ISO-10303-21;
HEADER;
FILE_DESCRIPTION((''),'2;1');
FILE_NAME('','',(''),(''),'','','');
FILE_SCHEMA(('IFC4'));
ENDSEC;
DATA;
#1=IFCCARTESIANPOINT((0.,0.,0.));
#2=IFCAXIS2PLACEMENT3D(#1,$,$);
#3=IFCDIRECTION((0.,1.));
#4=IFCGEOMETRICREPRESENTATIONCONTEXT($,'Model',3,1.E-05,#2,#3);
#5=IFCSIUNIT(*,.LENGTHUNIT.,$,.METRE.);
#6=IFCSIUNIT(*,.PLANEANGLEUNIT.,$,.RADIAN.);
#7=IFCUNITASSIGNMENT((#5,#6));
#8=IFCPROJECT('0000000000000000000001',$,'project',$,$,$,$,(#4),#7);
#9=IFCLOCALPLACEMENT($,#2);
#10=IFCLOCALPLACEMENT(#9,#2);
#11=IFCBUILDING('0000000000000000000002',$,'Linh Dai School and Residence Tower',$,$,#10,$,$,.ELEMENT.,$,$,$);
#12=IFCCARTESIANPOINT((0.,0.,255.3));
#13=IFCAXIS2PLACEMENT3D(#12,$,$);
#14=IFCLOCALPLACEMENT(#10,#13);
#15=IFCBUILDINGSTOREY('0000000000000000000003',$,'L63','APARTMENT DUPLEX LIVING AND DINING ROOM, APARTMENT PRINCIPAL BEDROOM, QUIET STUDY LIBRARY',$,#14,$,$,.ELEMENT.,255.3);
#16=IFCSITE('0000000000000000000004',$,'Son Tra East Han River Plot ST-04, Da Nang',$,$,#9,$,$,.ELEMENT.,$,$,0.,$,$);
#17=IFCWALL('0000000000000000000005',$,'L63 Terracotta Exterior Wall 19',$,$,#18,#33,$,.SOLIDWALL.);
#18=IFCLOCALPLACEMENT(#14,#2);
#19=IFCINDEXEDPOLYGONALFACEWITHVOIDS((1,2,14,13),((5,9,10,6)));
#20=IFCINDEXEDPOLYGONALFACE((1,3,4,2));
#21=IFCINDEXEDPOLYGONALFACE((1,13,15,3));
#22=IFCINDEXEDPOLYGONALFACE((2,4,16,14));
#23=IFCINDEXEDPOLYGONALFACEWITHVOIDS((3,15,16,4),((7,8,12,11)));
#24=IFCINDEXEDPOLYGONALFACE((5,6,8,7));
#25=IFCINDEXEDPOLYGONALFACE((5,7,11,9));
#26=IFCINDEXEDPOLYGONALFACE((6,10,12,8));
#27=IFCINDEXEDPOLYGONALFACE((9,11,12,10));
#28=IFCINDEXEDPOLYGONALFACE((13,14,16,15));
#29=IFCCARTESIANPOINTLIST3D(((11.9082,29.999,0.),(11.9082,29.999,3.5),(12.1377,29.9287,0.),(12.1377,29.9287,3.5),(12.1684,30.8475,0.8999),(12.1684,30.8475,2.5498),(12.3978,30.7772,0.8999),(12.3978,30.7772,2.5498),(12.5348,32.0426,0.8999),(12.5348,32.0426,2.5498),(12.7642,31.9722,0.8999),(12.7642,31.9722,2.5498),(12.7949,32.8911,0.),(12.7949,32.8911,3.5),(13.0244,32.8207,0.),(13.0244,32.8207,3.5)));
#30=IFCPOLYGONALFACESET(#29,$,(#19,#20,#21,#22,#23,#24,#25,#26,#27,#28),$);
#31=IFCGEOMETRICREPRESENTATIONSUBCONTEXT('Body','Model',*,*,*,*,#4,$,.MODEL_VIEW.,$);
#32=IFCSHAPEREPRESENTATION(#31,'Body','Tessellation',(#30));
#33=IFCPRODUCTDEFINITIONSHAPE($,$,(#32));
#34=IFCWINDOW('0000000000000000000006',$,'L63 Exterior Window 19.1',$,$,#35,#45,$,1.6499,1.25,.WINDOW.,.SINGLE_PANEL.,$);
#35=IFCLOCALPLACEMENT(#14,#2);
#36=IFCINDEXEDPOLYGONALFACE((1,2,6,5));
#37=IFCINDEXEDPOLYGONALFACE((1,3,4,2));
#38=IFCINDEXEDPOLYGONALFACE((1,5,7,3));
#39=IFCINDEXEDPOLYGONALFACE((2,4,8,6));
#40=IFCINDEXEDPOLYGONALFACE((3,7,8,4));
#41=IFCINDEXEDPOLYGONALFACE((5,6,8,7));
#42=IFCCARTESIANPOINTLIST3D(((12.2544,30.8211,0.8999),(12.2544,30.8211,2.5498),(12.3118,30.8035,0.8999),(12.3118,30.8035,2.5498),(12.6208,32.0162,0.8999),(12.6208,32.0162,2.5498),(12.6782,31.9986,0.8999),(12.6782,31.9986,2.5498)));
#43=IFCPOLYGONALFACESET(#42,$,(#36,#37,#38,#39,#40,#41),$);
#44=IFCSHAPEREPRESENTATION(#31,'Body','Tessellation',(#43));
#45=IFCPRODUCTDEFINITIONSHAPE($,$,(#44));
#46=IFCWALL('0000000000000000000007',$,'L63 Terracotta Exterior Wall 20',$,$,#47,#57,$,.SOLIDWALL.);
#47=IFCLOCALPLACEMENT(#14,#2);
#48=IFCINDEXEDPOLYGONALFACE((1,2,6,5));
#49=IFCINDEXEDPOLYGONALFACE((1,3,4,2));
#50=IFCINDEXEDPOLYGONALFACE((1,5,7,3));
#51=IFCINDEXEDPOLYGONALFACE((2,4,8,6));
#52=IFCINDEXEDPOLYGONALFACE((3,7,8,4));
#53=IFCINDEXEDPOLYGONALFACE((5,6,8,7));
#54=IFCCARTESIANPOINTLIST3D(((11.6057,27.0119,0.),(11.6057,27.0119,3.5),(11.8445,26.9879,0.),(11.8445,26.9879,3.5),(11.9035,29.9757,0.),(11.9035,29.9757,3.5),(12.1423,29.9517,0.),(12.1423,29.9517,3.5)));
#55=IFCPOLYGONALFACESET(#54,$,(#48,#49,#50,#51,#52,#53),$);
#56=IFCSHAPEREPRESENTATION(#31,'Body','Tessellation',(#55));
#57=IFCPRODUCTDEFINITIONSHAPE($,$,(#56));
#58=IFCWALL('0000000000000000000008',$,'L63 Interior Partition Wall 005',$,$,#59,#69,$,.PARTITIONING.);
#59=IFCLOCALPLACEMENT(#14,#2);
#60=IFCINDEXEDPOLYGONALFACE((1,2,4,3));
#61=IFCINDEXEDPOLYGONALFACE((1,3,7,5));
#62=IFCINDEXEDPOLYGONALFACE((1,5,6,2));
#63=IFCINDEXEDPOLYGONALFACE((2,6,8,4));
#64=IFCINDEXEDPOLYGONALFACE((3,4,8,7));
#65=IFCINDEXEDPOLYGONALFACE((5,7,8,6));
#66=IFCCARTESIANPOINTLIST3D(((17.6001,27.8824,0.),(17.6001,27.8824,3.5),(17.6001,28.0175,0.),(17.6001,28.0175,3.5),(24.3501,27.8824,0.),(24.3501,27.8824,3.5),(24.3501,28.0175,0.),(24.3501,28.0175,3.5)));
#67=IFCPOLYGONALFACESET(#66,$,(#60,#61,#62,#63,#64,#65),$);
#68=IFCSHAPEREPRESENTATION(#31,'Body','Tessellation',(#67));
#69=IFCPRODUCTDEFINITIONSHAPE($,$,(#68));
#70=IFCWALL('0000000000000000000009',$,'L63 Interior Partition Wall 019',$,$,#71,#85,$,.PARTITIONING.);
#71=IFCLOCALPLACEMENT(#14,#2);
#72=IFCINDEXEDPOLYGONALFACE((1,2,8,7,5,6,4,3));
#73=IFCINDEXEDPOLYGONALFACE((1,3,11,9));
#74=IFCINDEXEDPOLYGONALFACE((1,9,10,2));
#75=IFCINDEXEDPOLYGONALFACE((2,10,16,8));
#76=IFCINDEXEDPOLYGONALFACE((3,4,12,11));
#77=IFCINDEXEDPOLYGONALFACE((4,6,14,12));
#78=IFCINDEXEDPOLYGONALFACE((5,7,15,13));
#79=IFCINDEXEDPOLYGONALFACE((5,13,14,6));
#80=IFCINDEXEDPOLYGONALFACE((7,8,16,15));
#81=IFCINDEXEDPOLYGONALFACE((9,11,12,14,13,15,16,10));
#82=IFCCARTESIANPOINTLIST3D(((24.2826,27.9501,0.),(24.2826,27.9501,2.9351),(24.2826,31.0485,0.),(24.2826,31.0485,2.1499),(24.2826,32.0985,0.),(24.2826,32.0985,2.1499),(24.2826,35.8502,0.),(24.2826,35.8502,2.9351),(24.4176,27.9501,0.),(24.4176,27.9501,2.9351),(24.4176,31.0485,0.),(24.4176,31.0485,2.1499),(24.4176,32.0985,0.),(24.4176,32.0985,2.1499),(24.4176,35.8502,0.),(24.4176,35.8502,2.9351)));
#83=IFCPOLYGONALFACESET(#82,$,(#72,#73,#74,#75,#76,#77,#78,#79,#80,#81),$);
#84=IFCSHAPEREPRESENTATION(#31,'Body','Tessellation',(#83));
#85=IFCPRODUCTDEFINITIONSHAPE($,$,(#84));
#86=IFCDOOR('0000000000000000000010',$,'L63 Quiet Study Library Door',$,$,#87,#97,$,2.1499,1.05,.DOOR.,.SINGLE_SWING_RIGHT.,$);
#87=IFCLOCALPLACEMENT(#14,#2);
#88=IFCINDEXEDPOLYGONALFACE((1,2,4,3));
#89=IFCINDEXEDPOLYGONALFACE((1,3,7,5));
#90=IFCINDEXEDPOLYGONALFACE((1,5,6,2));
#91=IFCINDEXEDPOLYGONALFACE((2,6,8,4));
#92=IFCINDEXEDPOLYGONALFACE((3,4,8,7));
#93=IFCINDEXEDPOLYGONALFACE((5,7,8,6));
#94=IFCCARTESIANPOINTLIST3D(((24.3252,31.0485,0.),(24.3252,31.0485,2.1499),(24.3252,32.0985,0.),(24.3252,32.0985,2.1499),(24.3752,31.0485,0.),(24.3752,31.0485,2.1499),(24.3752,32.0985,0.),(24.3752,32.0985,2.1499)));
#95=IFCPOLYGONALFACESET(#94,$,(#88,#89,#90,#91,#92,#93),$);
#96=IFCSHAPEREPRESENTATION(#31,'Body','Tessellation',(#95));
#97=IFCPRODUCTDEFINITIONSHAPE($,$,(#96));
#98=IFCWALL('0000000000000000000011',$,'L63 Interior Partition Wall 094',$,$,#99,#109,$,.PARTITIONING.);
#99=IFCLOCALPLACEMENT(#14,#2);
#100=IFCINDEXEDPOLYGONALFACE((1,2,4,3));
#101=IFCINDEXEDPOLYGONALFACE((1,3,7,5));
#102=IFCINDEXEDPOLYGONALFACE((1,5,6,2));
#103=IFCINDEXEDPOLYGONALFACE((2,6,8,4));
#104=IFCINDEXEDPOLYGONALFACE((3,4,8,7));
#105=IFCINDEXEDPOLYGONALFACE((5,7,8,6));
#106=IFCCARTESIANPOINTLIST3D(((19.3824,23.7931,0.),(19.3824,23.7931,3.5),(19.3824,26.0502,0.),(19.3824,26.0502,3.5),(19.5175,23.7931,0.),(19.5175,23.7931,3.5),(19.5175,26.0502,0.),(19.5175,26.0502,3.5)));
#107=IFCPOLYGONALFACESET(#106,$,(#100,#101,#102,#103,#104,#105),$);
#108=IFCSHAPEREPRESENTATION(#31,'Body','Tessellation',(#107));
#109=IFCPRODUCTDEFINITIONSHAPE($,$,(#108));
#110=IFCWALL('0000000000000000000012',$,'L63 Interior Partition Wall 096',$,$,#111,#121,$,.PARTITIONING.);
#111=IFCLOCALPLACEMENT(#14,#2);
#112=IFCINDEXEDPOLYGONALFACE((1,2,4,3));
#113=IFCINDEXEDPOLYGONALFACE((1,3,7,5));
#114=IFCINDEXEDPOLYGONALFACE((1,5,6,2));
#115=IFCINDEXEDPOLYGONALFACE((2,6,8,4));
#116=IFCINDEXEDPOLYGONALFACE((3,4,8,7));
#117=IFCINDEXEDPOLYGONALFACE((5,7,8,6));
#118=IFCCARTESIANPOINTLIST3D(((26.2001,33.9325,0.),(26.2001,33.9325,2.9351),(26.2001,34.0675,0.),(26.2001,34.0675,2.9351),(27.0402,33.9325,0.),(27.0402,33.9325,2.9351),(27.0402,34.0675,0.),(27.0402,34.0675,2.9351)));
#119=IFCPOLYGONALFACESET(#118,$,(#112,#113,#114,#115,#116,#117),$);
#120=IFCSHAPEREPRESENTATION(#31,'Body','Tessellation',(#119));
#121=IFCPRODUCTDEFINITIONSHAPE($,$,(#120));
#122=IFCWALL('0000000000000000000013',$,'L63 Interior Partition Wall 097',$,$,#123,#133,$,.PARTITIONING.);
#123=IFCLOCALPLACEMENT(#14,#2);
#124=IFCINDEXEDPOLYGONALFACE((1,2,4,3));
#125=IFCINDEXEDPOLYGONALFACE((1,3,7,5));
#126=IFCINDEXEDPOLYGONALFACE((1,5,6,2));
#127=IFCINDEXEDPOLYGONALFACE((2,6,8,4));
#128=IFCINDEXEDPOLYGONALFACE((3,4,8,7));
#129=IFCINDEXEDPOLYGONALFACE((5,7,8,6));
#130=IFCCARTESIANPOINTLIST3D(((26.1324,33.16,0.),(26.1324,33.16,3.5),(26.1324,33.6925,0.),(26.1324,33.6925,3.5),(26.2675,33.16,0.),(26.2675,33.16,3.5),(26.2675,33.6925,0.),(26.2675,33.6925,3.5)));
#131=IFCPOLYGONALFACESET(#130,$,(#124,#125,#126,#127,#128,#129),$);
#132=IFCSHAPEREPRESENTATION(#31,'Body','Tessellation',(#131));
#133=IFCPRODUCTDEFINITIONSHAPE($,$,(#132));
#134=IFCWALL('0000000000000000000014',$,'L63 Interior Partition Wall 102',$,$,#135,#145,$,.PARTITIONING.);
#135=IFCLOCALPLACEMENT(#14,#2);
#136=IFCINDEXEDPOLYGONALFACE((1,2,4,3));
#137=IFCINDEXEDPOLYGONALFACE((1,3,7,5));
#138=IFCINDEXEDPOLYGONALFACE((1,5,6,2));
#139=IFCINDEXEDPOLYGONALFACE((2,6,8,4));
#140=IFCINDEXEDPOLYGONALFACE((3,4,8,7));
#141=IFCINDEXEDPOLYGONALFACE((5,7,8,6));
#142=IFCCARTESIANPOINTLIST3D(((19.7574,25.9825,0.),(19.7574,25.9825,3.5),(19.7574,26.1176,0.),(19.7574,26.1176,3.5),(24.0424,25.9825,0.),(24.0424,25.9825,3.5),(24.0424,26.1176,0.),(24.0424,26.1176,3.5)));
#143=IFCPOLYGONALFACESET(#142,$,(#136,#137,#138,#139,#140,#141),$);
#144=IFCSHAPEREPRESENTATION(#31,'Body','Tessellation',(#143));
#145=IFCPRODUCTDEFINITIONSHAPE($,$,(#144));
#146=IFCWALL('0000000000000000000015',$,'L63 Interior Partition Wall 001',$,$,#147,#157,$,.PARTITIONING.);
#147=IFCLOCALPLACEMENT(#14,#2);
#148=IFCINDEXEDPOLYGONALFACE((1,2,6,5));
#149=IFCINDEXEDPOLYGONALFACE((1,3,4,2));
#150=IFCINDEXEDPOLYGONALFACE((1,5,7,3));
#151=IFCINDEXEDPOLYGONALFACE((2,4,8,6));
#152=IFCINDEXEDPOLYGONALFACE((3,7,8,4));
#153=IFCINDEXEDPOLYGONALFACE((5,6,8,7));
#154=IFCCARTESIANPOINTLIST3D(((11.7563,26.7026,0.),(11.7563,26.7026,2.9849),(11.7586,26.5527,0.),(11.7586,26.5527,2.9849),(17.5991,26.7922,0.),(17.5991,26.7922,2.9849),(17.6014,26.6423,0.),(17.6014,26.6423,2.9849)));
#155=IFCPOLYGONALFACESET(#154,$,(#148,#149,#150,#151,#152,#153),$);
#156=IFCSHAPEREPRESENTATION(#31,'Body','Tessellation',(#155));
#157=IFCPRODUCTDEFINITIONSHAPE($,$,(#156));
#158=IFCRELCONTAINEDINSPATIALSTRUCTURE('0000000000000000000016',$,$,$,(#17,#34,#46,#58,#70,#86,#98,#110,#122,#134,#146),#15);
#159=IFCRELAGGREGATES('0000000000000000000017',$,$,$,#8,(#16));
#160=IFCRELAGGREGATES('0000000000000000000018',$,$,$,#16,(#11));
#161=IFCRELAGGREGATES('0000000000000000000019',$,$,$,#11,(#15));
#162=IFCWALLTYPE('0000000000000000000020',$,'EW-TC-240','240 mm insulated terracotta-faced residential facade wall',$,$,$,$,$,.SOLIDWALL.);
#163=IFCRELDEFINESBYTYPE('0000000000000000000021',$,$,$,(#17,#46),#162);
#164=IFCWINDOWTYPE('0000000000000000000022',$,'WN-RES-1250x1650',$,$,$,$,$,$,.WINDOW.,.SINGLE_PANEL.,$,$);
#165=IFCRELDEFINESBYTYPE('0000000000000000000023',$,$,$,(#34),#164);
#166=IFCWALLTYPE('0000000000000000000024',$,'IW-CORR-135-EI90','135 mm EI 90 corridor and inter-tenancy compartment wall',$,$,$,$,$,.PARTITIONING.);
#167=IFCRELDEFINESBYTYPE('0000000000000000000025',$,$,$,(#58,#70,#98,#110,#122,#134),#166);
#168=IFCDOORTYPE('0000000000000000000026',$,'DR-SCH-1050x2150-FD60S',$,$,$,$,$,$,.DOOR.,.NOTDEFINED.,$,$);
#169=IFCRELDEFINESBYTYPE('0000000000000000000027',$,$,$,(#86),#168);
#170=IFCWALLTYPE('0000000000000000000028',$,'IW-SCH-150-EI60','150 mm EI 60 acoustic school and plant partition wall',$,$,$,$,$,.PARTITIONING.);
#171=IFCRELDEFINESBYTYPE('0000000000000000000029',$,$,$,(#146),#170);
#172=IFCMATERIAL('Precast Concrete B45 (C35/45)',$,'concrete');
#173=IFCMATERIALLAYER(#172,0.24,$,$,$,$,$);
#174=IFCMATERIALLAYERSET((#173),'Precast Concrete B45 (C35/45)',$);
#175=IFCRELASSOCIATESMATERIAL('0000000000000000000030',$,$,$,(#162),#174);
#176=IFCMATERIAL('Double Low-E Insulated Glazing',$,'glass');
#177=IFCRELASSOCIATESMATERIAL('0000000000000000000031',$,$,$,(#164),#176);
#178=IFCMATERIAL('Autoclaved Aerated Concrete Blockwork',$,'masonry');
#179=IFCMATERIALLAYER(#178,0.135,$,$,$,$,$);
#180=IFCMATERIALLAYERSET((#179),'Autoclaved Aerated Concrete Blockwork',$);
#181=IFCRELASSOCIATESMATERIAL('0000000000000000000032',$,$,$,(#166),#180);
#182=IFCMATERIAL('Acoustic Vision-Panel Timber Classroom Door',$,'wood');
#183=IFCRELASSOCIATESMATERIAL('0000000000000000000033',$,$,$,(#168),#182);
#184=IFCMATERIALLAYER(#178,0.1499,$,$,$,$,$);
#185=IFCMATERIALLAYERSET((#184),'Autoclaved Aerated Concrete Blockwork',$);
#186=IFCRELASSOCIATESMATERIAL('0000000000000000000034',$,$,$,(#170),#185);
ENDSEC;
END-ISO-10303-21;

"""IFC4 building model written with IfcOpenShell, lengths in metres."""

from ifc_helpers import new_model, si_unit, direction, frame, frame_2d, origin, origin_2d, place, context, subcontext, project, spatial, rectangle, extrude, source, transform, mapped, material, layer, layer_set, type_object, element, fill, save


model = new_model("IFC4")

# Units and contexts
model_context = context("Model", 3, precision=1e-05, world=origin(), true_north=direction((0.0, 1.0)))
body_context = subcontext(model_context, "Body", "Model", "MODEL_VIEW")
ifc_project = project(units=[si_unit("LENGTHUNIT", "METRE"), si_unit("PLANEANGLEUNIT", "RADIAN")], contexts=[model_context])

# Site, building, storey
site_placement = place(None, origin())
site = spatial("IfcSite", under=ifc_project, at=site_placement, Name="Son Tra East Han River Plot ST-04, Da Nang", CompositionType="ELEMENT", RefElevation=0.0)
building_placement = place(site_placement, origin())
building = spatial("IfcBuilding", under=site, at=building_placement, Name="Linh Dai School and Residence Tower", CompositionType="ELEMENT")
storey_placement = place(building_placement, frame((0.0, 0.0, 255.3)))
storey = spatial("IfcBuildingStorey", under=building, at=storey_placement, Name="L63", Description="APARTMENT DUPLEX LIVING AND DINING ROOM, APARTMENT PRINCIPAL BEDROOM, QUIET STUDY LIBRARY", CompositionType="ELEMENT", Elevation=255.3)

# Shared definitions
ifc_material_1 = material(Name="Precast Concrete B45 (C35/45)", Category="concrete")
ifc_layer_1 = layer(ifc_material_1, 0.24)
ifc_layer_set_1 = layer_set([ifc_layer_1], Name="Precast Concrete B45 (C35/45)")
wall_type_1 = type_object("IfcWallType", Name="EW-TC-240", Description="240 mm insulated terracotta-faced residential facade wall", PredefinedType="SOLIDWALL", material=ifc_layer_set_1)

# Wall, opening, window
wall_1_placement = place(storey_placement, frame((12.0229, 29.9639, 0.0), z_axis=(0.0, 0.0, 1.0), x_axis=(0.293133, 0.956072, 0.0)))
wall_1 = element("IfcWall", 1, at=wall_1_placement, inside=storey, type_object=wall_type_1, Name="L63 Terracotta Exterior Wall 19", PredefinedType="SOLIDWALL", context=body_context, shape_type="SweptSolid", body=[
    extrude(rectangle(XDim=3.0249, YDim=0.24, at=frame_2d((1.5125, 0.0))), origin(), (0.0, 0.0, 1.0), 3.5),
])
opening_1_placement = place(wall_1_placement, frame((0.8875, 0.0, 0.8999)))
opening_1 = element("IfcOpeningElement", 2, at=opening_1_placement, cuts=wall_1, PredefinedType="OPENING", context=body_context, shape_type="SweptSolid", body=[
    extrude(rectangle(XDim=1.25, YDim=1.6499, at=origin_2d()), frame((0.625, 0.1299, 0.825), z_axis=(0.0, -1.0, 0.0), x_axis=(1.0, 0.0, 0.0)), (0.0, 0.0, 1.0), 0.26),
])
ifc_material_2 = material(Name="Double Low-E Insulated Glazing", Category="glass")
window_type = type_object("IfcWindowType", Name="WN-RES-1250x1650", PartitioningType="SINGLE_PANEL", PredefinedType="WINDOW", material=ifc_material_2)
shared_shape_1 = source(origin(), body_context, "Body", "SweptSolid", [
    extrude(rectangle(XDim=1.25, YDim=1.6499, at=origin_2d()), frame((0.625, 0.03, 0.825), z_axis=(0.0, -1.0, 0.0), x_axis=(1.0, 0.0, 0.0)), (0.0, 0.0, 1.0), 0.0601),
])
window_placement = place(opening_1_placement, origin())
window = element("IfcWindow", 3, at=window_placement, inside=storey, type_object=window_type, Name="L63 Exterior Window 19.1", OverallHeight=1.6499, OverallWidth=1.25, PartitioningType="SINGLE_PANEL", PredefinedType="WINDOW", context=body_context, shape_type="MappedRepresentation", body=[
    mapped(shared_shape_1, transform((0.0, 0.0, 0.0), x_axis=(1.0, 0.0, 0.0), y_axis=(0.0, 1.0, 0.0), z_axis=(0.0, 0.0, 1.0), scale=1.0)),
])
fill(opening_1, window)

# Walls
wall_2_placement = place(storey_placement, frame((11.7251, 27.0, 0.0), z_axis=(0.0, 0.0, 1.0), x_axis=(0.099991, 0.994988, 0.0)))
element("IfcWall", 4, at=wall_2_placement, inside=storey, type_object=wall_type_1, Name="L63 Terracotta Exterior Wall 20", PredefinedType="SOLIDWALL", context=body_context, shape_type="SweptSolid", body=[
    extrude(rectangle(XDim=2.9788, YDim=0.24, at=frame_2d((1.4893, 0.0))), origin(), (0.0, 0.0, 1.0), 3.5),
])
ifc_material_3 = material(Name="Autoclaved Aerated Concrete Blockwork", Category="masonry")
ifc_layer_2 = layer(ifc_material_3, 0.135)
ifc_layer_set_2 = layer_set([ifc_layer_2], Name="Autoclaved Aerated Concrete Blockwork")
wall_type_2 = type_object("IfcWallType", Name="IW-CORR-135-EI90", Description="135 mm EI 90 corridor and inter-tenancy compartment wall", PredefinedType="PARTITIONING", material=ifc_layer_set_2)
wall_3_placement = place(storey_placement, frame((17.6001, 27.95, 0.0), z_axis=(0.0, 0.0, 1.0), x_axis=(1.0, 0.0, 0.0)))
element("IfcWall", 5, at=wall_3_placement, inside=storey, type_object=wall_type_2, Name="L63 Interior Partition Wall 005", PredefinedType="PARTITIONING", context=body_context, shape_type="SweptSolid", body=[
    extrude(rectangle(XDim=6.75, YDim=0.135, at=frame_2d((3.375, 0.0))), origin(), (0.0, 0.0, 1.0), 3.5),
])

# Wall, opening, door
wall_4_placement = place(storey_placement, frame((24.3501, 27.95, 0.0), z_axis=(0.0, 0.0, 1.0), x_axis=(0.0, 1.0, 0.0)))
wall_4 = element("IfcWall", 6, at=wall_4_placement, inside=storey, type_object=wall_type_2, Name="L63 Interior Partition Wall 019", PredefinedType="PARTITIONING", context=body_context, shape_type="SweptSolid", body=[
    extrude(rectangle(XDim=7.9001, YDim=0.135, at=frame_2d((3.9502, 0.0))), origin(), (0.0, 0.0, 1.0), 2.9351),
])
opening_2_placement = place(wall_4_placement, frame((3.0986, 0.0, 0.0)))
opening_2 = element("IfcOpeningElement", 7, at=opening_2_placement, cuts=wall_4, PredefinedType="OPENING", context=body_context, shape_type="SweptSolid", body=[
    extrude(rectangle(XDim=1.05, YDim=2.1499, at=origin_2d()), frame((0.5249, 0.0776, 1.075), z_axis=(0.0, -1.0, 0.0), x_axis=(1.0, 0.0, 0.0)), (0.0, 0.0, 1.0), 0.155),
])
ifc_material_4 = material(Name="Acoustic Vision-Panel Timber Classroom Door", Category="wood")
door_type = type_object("IfcDoorType", Name="DR-SCH-1050x2150-FD60S", OperationType="NOTDEFINED", PredefinedType="DOOR", material=ifc_material_4)
shared_shape_2 = source(origin(), body_context, "Body", "SweptSolid", [
    extrude(rectangle(XDim=1.05, YDim=2.1499, at=origin_2d()), frame((0.5249, 0.0249, 1.075), z_axis=(0.0, -1.0, 0.0), x_axis=(1.0, 0.0, 0.0)), (0.0, 0.0, 1.0), 0.05),
])
door_placement = place(opening_2_placement, origin())
door = element("IfcDoor", 8, at=door_placement, inside=storey, type_object=door_type, Name="L63 Quiet Study Library Door", OperationType="SINGLE_SWING_RIGHT", OverallHeight=2.1499, OverallWidth=1.05, PredefinedType="DOOR", context=body_context, shape_type="MappedRepresentation", body=[
    mapped(shared_shape_2, transform((0.0, 0.0, 0.0), x_axis=(1.0, 0.0, 0.0), y_axis=(0.0, 1.0, 0.0), z_axis=(0.0, 0.0, 1.0), scale=1.0)),
])
fill(opening_2, door)

# Walls
wall_5_placement = place(storey_placement, frame((19.45, 26.05, 0.0), z_axis=(0.0, 0.0, 1.0), x_axis=(0.0, -1.0, 0.0)))
element("IfcWall", 9, at=wall_5_placement, inside=storey, type_object=wall_type_2, Name="L63 Interior Partition Wall 094", PredefinedType="PARTITIONING", context=body_context, shape_type="SweptSolid", body=[
    extrude(rectangle(XDim=2.2571, YDim=0.135, at=frame_2d((1.1284, 0.0))), origin(), (0.0, 0.0, 1.0), 3.5),
])
wall_6_placement = place(storey_placement, frame((27.04, 34.0, 0.0), z_axis=(0.0, 0.0, 1.0), x_axis=(-1.0, 0.0, 0.0)))
element("IfcWall", 10, at=wall_6_placement, inside=storey, type_object=wall_type_2, Name="L63 Interior Partition Wall 096", PredefinedType="PARTITIONING", context=body_context, shape_type="SweptSolid", body=[
    extrude(rectangle(XDim=0.8401, YDim=0.135, at=frame_2d((0.4199, 0.0))), origin(), (0.0, 0.0, 1.0), 2.9351),
])
wall_7_placement = place(storey_placement, frame((26.2, 33.6924, 0.0), z_axis=(0.0, 0.0, 1.0), x_axis=(0.0, -1.0, 0.0)))
element("IfcWall", 11, at=wall_7_placement, inside=storey, type_object=wall_type_2, Name="L63 Interior Partition Wall 097", PredefinedType="PARTITIONING", context=body_context, shape_type="SweptSolid", body=[
    extrude(rectangle(XDim=0.5325, YDim=0.135, at=frame_2d((0.2661, 0.0))), origin(), (0.0, 0.0, 1.0), 3.5),
])
wall_8_placement = place(storey_placement, frame((24.0425, 26.05, 0.0), z_axis=(0.0, 0.0, 1.0), x_axis=(-1.0, 0.0, 0.0)))
element("IfcWall", 12, at=wall_8_placement, inside=storey, type_object=wall_type_2, Name="L63 Interior Partition Wall 102", PredefinedType="PARTITIONING", context=body_context, shape_type="SweptSolid", body=[
    extrude(rectangle(XDim=4.2849, YDim=0.135, at=frame_2d((2.1426, 0.0))), origin(), (0.0, 0.0, 1.0), 3.5),
])
ifc_layer_3 = layer(ifc_material_3, 0.1499)
ifc_layer_set_3 = layer_set([ifc_layer_3], Name="Autoclaved Aerated Concrete Blockwork")
wall_type_3 = type_object("IfcWallType", Name="IW-SCH-150-EI60", Description="150 mm EI 60 acoustic school and plant partition wall", PredefinedType="PARTITIONING", material=ifc_layer_set_3)
wall_9_placement = place(storey_placement, frame((11.7573, 26.6277, 0.0), z_axis=(0.0, 0.0, 1.0), x_axis=(0.999882, 0.015333, 0.0)))
element("IfcWall", 13, at=wall_9_placement, inside=storey, type_object=wall_type_3, Name="L63 Interior Partition Wall 001", PredefinedType="PARTITIONING", context=body_context, shape_type="SweptSolid", body=[
    extrude(rectangle(XDim=5.8435, YDim=0.1499, at=frame_2d((2.9219, 0.0))), origin(), (0.0, 0.0, 1.0), 2.9849),
])

save(model, "model.ifc")
